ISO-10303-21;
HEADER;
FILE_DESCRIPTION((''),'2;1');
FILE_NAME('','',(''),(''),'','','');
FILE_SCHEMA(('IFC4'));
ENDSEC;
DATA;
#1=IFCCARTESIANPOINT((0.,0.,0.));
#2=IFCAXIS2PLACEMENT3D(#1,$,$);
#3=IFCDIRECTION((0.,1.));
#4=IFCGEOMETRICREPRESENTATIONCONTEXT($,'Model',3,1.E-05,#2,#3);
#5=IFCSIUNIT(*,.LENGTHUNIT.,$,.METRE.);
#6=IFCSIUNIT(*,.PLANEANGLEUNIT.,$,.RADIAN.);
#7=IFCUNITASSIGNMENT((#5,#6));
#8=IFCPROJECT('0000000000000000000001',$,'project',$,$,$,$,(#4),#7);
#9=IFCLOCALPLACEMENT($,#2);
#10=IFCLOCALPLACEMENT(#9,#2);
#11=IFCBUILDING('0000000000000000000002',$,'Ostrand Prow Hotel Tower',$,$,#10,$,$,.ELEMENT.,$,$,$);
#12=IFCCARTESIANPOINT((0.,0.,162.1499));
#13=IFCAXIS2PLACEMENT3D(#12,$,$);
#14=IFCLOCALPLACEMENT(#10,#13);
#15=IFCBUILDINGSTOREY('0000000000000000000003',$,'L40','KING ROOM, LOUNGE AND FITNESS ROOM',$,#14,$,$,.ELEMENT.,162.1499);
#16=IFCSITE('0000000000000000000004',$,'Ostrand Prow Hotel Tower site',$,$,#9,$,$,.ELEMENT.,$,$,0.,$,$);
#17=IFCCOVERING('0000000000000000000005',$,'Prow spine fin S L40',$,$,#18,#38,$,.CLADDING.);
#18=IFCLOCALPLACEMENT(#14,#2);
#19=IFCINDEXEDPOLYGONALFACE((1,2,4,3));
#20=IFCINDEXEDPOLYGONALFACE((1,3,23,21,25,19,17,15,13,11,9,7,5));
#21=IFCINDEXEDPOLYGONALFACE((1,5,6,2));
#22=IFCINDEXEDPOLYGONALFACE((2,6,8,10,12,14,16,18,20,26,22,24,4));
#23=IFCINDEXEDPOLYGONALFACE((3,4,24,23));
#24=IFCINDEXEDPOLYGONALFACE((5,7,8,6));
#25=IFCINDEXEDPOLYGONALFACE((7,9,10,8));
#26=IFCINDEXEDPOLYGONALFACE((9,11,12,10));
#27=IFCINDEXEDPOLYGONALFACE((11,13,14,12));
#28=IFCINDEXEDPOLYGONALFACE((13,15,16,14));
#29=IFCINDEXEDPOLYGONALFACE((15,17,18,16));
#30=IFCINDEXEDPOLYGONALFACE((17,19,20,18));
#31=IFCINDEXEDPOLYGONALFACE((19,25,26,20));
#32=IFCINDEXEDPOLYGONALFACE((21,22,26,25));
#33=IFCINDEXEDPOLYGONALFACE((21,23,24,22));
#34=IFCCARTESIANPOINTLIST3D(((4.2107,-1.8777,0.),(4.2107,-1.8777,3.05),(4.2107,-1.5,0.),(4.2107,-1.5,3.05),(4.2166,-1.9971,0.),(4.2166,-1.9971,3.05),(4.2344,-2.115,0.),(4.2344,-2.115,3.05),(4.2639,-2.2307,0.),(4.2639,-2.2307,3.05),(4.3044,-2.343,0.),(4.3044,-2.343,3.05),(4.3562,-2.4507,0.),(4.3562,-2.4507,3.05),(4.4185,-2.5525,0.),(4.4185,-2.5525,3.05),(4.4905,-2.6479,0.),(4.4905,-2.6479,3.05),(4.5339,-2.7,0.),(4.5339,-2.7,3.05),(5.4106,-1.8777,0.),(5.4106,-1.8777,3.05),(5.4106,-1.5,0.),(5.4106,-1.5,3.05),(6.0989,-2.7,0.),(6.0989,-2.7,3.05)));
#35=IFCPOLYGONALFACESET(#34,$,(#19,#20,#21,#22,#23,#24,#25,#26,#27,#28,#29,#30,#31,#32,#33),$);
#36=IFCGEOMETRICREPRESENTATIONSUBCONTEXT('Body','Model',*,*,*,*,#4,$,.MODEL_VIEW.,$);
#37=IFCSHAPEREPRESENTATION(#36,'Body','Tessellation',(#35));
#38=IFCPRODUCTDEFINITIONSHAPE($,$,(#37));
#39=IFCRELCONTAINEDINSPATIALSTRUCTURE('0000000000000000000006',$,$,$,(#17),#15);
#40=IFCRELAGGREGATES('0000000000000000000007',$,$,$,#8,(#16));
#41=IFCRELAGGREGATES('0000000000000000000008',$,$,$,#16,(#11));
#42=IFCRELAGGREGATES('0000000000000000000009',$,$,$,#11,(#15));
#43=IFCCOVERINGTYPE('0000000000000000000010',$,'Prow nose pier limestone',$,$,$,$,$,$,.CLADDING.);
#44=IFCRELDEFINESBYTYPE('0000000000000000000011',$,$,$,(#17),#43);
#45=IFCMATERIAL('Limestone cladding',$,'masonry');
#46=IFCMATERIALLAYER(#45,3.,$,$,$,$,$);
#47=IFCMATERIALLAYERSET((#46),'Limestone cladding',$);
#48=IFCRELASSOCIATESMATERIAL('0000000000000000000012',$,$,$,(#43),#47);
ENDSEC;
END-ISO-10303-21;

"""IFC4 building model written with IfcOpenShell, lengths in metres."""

from ifc_helpers import new_model, si_unit, direction, frame, origin, place, context, subcontext, project, spatial, polyline, outline, extrude, material, layer, layer_set, type_object, element, save


model = new_model("IFC4")

# Units and contexts
model_context = context("Model", 3, precision=1e-05, world=origin(), true_north=direction((0.0, 1.0)))
body_context = subcontext(model_context, "Body", "Model", "MODEL_VIEW")
ifc_project = project(units=[si_unit("LENGTHUNIT", "METRE"), si_unit("PLANEANGLEUNIT", "RADIAN")], contexts=[model_context])

# Site, building, storey
site_placement = place(None, origin())
site = spatial("IfcSite", under=ifc_project, at=site_placement, Name="Ostrand Prow Hotel Tower site", CompositionType="ELEMENT", RefElevation=0.0)
building_placement = place(site_placement, origin())
building = spatial("IfcBuilding", under=site, at=building_placement, Name="Ostrand Prow Hotel Tower", CompositionType="ELEMENT")
storey_placement = place(building_placement, frame((0.0, 0.0, 162.1499)))
storey = spatial("IfcBuildingStorey", under=building, at=storey_placement, Name="L40", Description="KING ROOM, LOUNGE AND FITNESS ROOM", CompositionType="ELEMENT", Elevation=162.1499)

# Covering
ifc_material_1 = material(Name="Limestone cladding", Category="masonry")
ifc_layer_1 = layer(ifc_material_1, 3.0)
ifc_layer_set_1 = layer_set([ifc_layer_1], Name="Limestone cladding")
covering_type_1 = type_object("IfcCoveringType", Name="Prow nose pier limestone", PredefinedType="CLADDING", material=ifc_layer_set_1)
covering_1_placement = place(storey_placement, origin())
element("IfcCovering", 1, at=covering_1_placement, inside=storey, type_object=covering_type_1, Name="Prow spine fin S L40", PredefinedType="CLADDING", context=body_context, shape_type="SweptSolid", body=[
    extrude(outline(polyline([(4.4905, -2.6479), (4.5339, -2.7), (6.0989, -2.7), (5.4106, -1.8777), (5.4106, -1.5), (4.2107, -1.5), (4.2107, -1.8777), (4.2166, -1.9971), (4.2344, -2.115), (4.2639, -2.2307), (4.3044, -2.343), (4.3562, -2.4507), (4.4185, -2.5525), (4.4905, -2.6479)])), origin(), (0.0, 0.0, 1.0), 3.05),
])

save(model, "model.ifc")
